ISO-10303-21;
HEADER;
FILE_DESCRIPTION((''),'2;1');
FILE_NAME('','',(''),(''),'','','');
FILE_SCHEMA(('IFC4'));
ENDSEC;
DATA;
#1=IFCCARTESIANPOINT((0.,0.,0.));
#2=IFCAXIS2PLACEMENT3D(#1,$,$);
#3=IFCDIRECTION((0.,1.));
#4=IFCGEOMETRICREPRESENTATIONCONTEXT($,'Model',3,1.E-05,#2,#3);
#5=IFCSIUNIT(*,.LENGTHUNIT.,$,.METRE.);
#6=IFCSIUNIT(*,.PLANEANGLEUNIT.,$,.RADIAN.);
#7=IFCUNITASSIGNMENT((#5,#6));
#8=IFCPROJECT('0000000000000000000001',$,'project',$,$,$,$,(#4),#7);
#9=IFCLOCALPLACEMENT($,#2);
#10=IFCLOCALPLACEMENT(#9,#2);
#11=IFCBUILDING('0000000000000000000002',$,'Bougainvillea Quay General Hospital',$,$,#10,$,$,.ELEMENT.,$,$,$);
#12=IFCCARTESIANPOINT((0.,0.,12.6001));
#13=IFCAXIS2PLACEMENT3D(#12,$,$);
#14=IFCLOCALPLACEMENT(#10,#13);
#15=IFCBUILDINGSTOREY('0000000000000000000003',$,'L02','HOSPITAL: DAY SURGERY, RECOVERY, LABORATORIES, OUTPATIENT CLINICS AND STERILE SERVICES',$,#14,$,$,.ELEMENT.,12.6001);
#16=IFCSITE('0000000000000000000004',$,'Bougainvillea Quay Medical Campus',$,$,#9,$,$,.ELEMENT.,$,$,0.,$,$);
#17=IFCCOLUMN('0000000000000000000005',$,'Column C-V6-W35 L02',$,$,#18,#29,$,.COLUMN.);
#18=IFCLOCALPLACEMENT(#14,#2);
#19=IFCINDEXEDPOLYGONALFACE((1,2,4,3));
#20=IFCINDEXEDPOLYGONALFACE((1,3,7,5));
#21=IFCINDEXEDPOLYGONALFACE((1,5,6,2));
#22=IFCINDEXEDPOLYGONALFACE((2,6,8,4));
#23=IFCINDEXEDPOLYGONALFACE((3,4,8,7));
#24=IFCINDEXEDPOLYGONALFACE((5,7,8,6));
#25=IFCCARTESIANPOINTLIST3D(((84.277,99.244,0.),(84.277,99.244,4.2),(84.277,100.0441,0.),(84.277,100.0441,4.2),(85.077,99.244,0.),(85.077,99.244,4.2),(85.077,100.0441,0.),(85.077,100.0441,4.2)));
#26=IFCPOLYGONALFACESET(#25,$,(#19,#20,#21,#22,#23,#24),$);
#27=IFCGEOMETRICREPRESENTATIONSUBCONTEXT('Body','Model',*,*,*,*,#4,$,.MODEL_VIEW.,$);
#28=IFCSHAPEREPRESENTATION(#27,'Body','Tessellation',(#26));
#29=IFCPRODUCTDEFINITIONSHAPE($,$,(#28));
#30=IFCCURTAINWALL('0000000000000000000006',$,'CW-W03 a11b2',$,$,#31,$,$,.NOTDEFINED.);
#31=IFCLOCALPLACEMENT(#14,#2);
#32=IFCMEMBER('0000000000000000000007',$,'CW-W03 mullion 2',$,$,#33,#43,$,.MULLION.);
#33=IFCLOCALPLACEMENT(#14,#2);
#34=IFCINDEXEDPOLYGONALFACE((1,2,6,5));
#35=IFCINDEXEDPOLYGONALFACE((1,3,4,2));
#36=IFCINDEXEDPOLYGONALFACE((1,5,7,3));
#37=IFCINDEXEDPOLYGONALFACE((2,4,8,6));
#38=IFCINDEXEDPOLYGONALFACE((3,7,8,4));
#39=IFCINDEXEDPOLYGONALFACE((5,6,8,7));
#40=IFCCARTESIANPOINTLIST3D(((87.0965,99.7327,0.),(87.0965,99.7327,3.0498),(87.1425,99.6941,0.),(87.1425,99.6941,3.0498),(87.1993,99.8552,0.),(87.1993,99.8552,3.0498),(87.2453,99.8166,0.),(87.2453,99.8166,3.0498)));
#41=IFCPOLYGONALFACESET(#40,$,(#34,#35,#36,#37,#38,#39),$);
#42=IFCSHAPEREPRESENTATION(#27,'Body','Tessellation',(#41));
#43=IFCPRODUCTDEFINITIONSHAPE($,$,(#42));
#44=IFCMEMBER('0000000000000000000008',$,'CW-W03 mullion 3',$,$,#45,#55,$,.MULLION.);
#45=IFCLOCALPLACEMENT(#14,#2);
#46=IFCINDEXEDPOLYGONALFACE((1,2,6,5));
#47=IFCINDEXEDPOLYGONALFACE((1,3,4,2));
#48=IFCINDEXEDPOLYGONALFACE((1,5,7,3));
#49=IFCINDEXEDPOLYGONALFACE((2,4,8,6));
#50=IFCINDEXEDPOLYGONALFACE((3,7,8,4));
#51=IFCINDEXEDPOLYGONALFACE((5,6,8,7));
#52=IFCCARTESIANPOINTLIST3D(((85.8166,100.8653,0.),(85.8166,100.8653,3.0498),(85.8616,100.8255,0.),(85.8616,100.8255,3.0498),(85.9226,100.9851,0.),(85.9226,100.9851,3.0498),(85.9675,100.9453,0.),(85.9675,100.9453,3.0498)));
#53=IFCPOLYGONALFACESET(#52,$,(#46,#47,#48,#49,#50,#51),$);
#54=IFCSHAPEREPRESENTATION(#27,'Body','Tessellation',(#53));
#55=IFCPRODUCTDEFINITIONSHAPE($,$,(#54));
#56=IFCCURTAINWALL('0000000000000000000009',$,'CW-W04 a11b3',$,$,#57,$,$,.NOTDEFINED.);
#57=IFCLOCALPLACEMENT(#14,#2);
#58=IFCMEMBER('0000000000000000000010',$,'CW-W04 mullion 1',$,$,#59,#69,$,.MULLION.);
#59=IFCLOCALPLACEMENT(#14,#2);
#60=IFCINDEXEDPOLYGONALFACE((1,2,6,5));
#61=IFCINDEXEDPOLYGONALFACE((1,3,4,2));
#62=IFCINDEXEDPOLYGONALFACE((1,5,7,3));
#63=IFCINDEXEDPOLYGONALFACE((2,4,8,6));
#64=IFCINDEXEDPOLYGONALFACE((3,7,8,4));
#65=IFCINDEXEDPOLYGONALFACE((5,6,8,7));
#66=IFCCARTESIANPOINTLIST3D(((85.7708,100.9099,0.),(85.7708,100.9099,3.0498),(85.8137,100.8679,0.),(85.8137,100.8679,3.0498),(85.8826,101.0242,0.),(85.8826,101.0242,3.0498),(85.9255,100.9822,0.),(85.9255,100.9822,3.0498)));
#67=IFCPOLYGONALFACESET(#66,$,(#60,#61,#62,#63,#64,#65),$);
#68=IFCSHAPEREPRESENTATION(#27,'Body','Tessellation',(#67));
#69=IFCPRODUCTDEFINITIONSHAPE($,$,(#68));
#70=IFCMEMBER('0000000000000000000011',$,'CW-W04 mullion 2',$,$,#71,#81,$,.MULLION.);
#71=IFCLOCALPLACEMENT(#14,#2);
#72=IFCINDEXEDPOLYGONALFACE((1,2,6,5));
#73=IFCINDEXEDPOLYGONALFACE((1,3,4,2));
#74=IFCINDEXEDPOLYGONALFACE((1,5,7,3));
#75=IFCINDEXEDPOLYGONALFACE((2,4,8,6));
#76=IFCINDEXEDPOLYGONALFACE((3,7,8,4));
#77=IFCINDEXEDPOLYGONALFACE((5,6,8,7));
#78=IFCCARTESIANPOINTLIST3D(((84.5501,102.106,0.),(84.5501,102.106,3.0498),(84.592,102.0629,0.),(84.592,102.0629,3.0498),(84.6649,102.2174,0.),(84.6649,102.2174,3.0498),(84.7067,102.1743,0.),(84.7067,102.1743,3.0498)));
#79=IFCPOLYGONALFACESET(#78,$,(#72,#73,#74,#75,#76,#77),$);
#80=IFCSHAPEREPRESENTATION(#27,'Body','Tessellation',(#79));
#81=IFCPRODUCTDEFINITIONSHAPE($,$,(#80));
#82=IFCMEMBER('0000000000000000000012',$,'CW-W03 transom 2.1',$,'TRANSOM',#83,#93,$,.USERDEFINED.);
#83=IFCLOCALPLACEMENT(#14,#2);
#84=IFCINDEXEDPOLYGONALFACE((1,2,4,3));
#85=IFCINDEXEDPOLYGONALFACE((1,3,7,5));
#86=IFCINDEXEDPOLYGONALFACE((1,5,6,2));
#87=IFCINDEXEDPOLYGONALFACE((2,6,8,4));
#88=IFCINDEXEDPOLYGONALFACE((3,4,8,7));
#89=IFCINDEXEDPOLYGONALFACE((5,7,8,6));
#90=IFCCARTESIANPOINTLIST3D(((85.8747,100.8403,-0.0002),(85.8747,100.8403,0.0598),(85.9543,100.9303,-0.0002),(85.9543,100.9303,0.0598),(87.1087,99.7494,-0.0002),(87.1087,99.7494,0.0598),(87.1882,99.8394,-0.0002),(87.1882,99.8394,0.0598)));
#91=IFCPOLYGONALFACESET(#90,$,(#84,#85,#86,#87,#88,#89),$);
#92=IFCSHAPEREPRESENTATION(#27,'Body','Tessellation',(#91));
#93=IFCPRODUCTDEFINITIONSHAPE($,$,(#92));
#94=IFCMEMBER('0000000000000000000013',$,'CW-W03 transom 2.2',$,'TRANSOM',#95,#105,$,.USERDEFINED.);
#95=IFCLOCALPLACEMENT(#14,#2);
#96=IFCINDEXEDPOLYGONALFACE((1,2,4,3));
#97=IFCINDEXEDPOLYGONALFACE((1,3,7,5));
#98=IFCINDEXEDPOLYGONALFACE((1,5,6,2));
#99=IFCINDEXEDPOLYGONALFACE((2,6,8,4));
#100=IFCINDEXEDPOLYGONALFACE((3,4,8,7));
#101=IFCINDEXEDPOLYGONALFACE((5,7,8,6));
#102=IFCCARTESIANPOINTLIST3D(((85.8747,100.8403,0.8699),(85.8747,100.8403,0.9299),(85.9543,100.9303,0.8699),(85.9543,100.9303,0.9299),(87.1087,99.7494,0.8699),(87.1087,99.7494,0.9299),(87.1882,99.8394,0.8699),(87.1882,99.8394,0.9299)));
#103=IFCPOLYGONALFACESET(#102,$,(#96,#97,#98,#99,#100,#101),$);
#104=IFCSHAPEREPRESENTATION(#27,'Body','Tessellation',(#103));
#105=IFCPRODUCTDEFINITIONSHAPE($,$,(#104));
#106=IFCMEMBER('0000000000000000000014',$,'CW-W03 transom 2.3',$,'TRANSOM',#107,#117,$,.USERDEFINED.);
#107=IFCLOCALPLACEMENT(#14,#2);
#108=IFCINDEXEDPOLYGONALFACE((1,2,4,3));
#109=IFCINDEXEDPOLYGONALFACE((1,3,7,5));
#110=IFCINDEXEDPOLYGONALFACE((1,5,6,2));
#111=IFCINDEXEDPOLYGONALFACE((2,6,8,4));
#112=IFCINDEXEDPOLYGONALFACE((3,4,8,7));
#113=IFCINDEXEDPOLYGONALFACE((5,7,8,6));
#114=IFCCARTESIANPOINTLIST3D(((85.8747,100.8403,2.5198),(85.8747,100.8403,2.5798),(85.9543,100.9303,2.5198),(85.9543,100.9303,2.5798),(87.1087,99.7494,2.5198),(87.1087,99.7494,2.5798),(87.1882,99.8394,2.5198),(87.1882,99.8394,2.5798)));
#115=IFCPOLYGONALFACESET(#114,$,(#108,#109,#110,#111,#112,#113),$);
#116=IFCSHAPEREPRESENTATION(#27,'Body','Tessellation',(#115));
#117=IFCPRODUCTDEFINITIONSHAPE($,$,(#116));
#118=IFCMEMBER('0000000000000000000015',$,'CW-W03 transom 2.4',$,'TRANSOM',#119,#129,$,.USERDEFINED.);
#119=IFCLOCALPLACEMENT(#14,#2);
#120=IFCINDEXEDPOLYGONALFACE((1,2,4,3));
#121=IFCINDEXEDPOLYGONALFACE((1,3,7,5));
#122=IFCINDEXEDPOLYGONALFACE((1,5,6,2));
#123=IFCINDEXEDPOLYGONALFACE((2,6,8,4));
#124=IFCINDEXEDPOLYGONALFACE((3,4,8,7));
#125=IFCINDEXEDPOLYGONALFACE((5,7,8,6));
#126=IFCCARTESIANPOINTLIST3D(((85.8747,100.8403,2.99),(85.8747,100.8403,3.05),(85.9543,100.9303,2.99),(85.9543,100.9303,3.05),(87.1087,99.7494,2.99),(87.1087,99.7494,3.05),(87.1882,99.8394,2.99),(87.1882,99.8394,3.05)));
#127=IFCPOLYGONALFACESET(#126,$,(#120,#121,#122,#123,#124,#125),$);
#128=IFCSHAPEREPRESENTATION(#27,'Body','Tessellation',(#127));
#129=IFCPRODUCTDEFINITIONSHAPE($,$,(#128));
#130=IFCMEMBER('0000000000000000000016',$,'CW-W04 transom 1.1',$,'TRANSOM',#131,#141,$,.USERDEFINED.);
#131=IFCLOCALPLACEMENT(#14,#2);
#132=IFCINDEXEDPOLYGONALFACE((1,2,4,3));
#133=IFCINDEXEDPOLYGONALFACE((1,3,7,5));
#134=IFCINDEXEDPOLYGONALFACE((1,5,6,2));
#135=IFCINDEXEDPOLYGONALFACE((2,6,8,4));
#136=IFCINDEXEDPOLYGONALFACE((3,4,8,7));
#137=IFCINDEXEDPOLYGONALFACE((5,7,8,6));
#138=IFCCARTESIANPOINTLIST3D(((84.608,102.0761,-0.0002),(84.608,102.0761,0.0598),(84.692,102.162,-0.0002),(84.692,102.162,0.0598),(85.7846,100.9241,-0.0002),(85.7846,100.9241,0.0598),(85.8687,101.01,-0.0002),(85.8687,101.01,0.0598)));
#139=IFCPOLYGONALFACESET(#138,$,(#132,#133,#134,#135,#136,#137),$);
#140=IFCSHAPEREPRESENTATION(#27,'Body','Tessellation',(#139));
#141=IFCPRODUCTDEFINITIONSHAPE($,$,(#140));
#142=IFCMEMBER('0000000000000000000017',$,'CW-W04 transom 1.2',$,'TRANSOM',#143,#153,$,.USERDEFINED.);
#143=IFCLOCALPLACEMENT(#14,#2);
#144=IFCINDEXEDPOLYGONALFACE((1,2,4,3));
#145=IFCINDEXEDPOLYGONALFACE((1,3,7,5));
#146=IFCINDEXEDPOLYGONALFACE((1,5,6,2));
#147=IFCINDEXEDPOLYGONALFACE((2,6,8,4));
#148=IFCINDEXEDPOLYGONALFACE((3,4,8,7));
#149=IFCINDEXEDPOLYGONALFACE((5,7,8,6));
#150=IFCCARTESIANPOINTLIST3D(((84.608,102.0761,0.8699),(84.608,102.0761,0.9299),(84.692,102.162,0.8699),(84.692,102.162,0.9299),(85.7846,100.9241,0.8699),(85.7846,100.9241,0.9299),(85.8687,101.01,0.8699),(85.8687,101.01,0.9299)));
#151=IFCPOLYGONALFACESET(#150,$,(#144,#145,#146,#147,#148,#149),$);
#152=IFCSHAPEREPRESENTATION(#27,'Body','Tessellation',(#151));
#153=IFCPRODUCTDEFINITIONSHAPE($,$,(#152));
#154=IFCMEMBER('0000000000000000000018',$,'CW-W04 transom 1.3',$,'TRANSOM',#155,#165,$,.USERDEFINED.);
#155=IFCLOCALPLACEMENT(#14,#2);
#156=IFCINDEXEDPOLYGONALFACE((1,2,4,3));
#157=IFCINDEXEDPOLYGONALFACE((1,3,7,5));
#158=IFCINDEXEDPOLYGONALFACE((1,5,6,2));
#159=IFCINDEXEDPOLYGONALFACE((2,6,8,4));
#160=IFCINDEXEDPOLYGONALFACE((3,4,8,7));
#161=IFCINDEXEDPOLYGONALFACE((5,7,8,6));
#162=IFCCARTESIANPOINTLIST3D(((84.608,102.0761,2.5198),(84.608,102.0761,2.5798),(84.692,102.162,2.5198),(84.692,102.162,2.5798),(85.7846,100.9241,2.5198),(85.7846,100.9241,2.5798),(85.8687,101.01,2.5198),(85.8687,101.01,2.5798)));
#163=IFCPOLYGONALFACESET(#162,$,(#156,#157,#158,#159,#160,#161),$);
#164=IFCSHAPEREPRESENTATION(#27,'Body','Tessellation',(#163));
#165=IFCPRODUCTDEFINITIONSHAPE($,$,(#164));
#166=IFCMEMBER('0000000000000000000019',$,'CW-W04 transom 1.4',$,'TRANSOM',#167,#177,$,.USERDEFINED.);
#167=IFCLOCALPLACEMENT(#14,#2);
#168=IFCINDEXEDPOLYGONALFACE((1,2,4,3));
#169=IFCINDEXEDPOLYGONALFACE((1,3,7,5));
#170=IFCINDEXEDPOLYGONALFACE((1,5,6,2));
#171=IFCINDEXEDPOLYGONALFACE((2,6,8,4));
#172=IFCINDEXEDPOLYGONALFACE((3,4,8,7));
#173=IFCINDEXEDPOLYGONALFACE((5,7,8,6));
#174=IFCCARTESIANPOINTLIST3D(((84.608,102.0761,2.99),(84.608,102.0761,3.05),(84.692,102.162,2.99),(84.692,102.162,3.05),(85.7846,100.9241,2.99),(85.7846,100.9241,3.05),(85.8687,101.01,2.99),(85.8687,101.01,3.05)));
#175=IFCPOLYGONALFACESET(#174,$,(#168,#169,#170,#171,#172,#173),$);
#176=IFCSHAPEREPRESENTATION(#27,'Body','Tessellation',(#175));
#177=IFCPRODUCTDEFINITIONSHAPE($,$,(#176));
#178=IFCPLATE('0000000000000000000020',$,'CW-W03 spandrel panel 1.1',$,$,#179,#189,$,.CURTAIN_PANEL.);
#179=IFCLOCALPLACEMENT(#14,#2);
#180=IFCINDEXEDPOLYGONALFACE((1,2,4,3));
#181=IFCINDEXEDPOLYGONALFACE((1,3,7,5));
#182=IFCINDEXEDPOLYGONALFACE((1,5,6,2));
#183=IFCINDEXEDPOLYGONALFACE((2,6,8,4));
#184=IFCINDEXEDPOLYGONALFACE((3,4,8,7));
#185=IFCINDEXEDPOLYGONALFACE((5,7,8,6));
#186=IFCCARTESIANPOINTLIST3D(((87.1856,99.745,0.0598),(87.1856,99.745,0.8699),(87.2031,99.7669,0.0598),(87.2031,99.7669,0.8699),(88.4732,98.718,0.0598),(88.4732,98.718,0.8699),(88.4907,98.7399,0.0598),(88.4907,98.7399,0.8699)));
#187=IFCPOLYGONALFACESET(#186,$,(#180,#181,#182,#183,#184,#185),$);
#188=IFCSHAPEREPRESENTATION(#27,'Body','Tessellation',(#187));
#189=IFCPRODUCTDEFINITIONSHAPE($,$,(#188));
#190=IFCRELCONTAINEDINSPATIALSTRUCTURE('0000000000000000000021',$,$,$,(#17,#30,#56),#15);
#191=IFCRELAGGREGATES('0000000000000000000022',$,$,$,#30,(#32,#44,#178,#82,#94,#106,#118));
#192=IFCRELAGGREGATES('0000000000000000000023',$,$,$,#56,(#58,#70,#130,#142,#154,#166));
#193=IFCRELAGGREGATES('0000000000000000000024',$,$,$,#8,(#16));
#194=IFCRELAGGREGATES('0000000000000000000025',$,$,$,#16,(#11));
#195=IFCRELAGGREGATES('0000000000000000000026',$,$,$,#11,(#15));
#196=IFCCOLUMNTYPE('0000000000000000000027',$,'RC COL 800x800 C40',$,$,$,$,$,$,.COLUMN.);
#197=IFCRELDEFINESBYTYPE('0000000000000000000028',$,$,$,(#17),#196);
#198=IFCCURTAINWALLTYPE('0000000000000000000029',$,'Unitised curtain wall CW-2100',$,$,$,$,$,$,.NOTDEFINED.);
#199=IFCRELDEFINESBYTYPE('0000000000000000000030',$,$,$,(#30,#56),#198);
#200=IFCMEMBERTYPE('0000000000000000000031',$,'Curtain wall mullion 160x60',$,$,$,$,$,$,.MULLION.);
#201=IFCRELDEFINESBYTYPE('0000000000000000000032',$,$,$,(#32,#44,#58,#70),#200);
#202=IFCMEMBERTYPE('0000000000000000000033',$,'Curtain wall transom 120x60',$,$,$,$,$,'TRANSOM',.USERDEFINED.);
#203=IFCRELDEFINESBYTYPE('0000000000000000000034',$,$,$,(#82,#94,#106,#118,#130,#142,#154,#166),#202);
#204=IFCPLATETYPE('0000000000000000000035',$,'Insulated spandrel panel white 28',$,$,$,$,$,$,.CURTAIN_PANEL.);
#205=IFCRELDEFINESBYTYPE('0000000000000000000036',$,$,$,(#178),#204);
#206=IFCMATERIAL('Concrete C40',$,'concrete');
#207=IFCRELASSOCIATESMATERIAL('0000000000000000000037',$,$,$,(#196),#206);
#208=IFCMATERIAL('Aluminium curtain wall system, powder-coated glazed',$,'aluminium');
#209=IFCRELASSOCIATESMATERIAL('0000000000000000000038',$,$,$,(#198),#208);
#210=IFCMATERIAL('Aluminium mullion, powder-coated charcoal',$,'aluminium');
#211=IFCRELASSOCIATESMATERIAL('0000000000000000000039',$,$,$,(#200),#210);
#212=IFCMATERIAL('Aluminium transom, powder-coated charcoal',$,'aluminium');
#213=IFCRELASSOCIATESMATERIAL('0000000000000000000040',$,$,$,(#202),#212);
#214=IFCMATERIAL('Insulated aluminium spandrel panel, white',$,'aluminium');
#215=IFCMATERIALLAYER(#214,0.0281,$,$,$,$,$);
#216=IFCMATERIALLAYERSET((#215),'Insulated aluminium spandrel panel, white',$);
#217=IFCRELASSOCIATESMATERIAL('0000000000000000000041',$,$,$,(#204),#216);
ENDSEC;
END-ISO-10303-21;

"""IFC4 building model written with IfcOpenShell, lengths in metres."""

from ifc_helpers import new_model, si_unit, direction, frame, origin, origin_2d, place, context, subcontext, project, spatial, rectangle, extrude, material, layer, layer_set, material_profile, profile_set, type_object, element, aggregate, save


model = new_model("IFC4")

# Units and contexts
model_context = context("Model", 3, precision=1e-05, world=origin(), true_north=direction((0.0, 1.0)))
body_context = subcontext(model_context, "Body", "Model", "MODEL_VIEW")
ifc_project = project(units=[si_unit("LENGTHUNIT", "METRE"), si_unit("PLANEANGLEUNIT", "RADIAN")], contexts=[model_context])

# Site, building, storey
site_placement = place(None, origin())
site = spatial("IfcSite", under=ifc_project, at=site_placement, Name="Bougainvillea Quay Medical Campus", CompositionType="ELEMENT", RefElevation=0.0)
building_placement = place(site_placement, origin())
building = spatial("IfcBuilding", under=site, at=building_placement, Name="Bougainvillea Quay General Hospital", CompositionType="ELEMENT")
storey_placement = place(building_placement, frame((0.0, 0.0, 12.6001)))
storey = spatial("IfcBuildingStorey", under=building, at=storey_placement, Name="L02", Description="HOSPITAL: DAY SURGERY, RECOVERY, LABORATORIES, OUTPATIENT CLINICS AND STERILE SERVICES", CompositionType="ELEMENT", Elevation=12.6001)

# Column
ifc_material_1 = material(Name="Concrete C40", Category="concrete")
ifc_material_profile_1 = material_profile(ifc_material_1, rectangle(XDim=0.8, YDim=0.8, at=origin_2d()))
ifc_profile_set_1 = profile_set([ifc_material_profile_1], Name="Concrete C40")
column_type = type_object("IfcColumnType", Name="RC COL 800x800 C40", PredefinedType="COLUMN", material=ifc_profile_set_1)
column_placement = place(storey_placement, frame((84.677, 99.644, 0.0), z_axis=(0.0, 0.0, 1.0), x_axis=(1.0, 0.0, 0.0)))
element("IfcColumn", 1, at=column_placement, inside=storey, type_object=column_type, Name="Column C-V6-W35 L02", PredefinedType="COLUMN", context=body_context, shape_type="SweptSolid", body=[
    extrude(rectangle(XDim=0.8, YDim=0.8, at=origin_2d()), origin(), (0.0, 0.0, 1.0), 4.2),
])

# Curtain walls, members
ifc_material_2 = material(Name="Aluminium curtain wall system, powder-coated glazed", Category="aluminium")
curtain_wall_type = type_object("IfcCurtainWallType", Name="Unitised curtain wall CW-2100", PredefinedType="NOTDEFINED", material=ifc_material_2)
curtain_wall_1_placement = place(storey_placement, origin())
curtain_wall_1 = element("IfcCurtainWall", 2, at=curtain_wall_1_placement, inside=storey, type_object=curtain_wall_type, Name="CW-W03 a11b2", PredefinedType="NOTDEFINED")
ifc_material_3 = material(Name="Aluminium mullion, powder-coated charcoal", Category="aluminium")
ifc_material_profile_2 = material_profile(ifc_material_3, rectangle(XDim=0.1599, YDim=0.0601, at=origin_2d()))
ifc_profile_set_2 = profile_set([ifc_material_profile_2], Name="Aluminium mullion, powder-coated charcoal")
member_type_1 = type_object("IfcMemberType", Name="Curtain wall mullion 160x60", PredefinedType="MULLION", material=ifc_profile_set_2)
member_1_placement = place(storey_placement, frame((87.1709, 99.7747, 0.0), z_axis=(0.0, 0.0, 1.0), x_axis=(-0.643189, -0.765708, 0.0)))
member_1 = element("IfcMember", 3, at=member_1_placement, type_object=member_type_1, Name="CW-W03 mullion 2", PredefinedType="MULLION", context=body_context, shape_type="SweptSolid", body=[
    extrude(rectangle(XDim=0.1599, YDim=0.0601, at=origin_2d()), origin(), (0.0, 0.0, 1.0), 3.0498),
])
member_2_placement = place(storey_placement, frame((85.8921, 100.9053, 0.0), z_axis=(0.0, 0.0, 1.0), x_axis=(-0.662398, -0.749152, 0.0)))
member_2 = element("IfcMember", 4, at=member_2_placement, type_object=member_type_1, Name="CW-W03 mullion 3", PredefinedType="MULLION", context=body_context, shape_type="SweptSolid", body=[
    extrude(rectangle(XDim=0.1599, YDim=0.0601, at=origin_2d()), origin(), (0.0, 0.0, 1.0), 3.0498),
])
curtain_wall_2_placement = place(storey_placement, origin())
curtain_wall_2 = element("IfcCurtainWall", 5, at=curtain_wall_2_placement, inside=storey, type_object=curtain_wall_type, Name="CW-W04 a11b3", PredefinedType="NOTDEFINED")
member_3_placement = place(storey_placement, frame((85.8481, 100.946, 0.0), z_axis=(0.0, 0.0, 1.0), x_axis=(-0.699526, -0.714607, 0.0)))
member_3 = element("IfcMember", 6, at=member_3_placement, type_object=member_type_1, Name="CW-W04 mullion 1", PredefinedType="MULLION", context=body_context, shape_type="SweptSolid", body=[
    extrude(rectangle(XDim=0.1599, YDim=0.0601, at=origin_2d()), origin(), (0.0, 0.0, 1.0), 3.0498),
])
member_4_placement = place(storey_placement, frame((84.6284, 102.1401, 0.0), z_axis=(0.0, 0.0, 1.0), x_axis=(-0.717421, -0.696639, 0.0)))
member_4 = element("IfcMember", 7, at=member_4_placement, type_object=member_type_1, Name="CW-W04 mullion 2", PredefinedType="MULLION", context=body_context, shape_type="SweptSolid", body=[
    extrude(rectangle(XDim=0.1599, YDim=0.0601, at=origin_2d()), origin(), (0.0, 0.0, 1.0), 3.0498),
])

# Members
ifc_material_4 = material(Name="Aluminium transom, powder-coated charcoal", Category="aluminium")
ifc_material_profile_3 = material_profile(ifc_material_4, rectangle(XDim=0.1201, YDim=0.0601, at=origin_2d()))
ifc_profile_set_3 = profile_set([ifc_material_profile_3], Name="Aluminium transom, powder-coated charcoal")
member_type_2 = type_object("IfcMemberType", Name="Curtain wall transom 120x60", ElementType="TRANSOM", PredefinedType="USERDEFINED", material=ifc_profile_set_3)
member_5_placement = place(storey_placement, frame((87.1484, 99.7944, 0.0298), z_axis=(-0.749206, 0.662337, 0.0), x_axis=(-0.662337, -0.749206, 0.0)))
member_5 = element("IfcMember", 8, at=member_5_placement, type_object=member_type_2, Name="CW-W03 transom 2.1", ObjectType="TRANSOM", PredefinedType="USERDEFINED", context=body_context, shape_type="SweptSolid", body=[
    extrude(rectangle(XDim=0.1201, YDim=0.0601, at=origin_2d()), origin(), (0.0, 0.0, 1.0), 1.647),
])
member_6_placement = place(storey_placement, frame((87.1484, 99.7944, 0.8999), z_axis=(-0.749206, 0.662337, 0.0), x_axis=(-0.662337, -0.749206, 0.0)))
member_6 = element("IfcMember", 9, at=member_6_placement, type_object=member_type_2, Name="CW-W03 transom 2.2", ObjectType="TRANSOM", PredefinedType="USERDEFINED", context=body_context, shape_type="SweptSolid", body=[
    extrude(rectangle(XDim=0.1201, YDim=0.0601, at=origin_2d()), origin(), (0.0, 0.0, 1.0), 1.647),
])
member_7_placement = place(storey_placement, frame((87.1484, 99.7944, 2.5498), z_axis=(-0.749206, 0.662337, 0.0), x_axis=(-0.662337, -0.749206, 0.0)))
member_7 = element("IfcMember", 10, at=member_7_placement, type_object=member_type_2, Name="CW-W03 transom 2.3", ObjectType="TRANSOM", PredefinedType="USERDEFINED", context=body_context, shape_type="SweptSolid", body=[
    extrude(rectangle(XDim=0.1201, YDim=0.0601, at=origin_2d()), origin(), (0.0, 0.0, 1.0), 1.647),
])
member_8_placement = place(storey_placement, frame((87.1484, 99.7944, 3.02), z_axis=(-0.749206, 0.662337, 0.0), x_axis=(-0.662337, -0.749206, 0.0)))
member_8 = element("IfcMember", 11, at=member_8_placement, type_object=member_type_2, Name="CW-W03 transom 2.4", ObjectType="TRANSOM", PredefinedType="USERDEFINED", context=body_context, shape_type="SweptSolid", body=[
    extrude(rectangle(XDim=0.1201, YDim=0.0601, at=origin_2d()), origin(), (0.0, 0.0, 1.0), 1.647),
])
member_9_placement = place(storey_placement, frame((85.8267, 100.967, 0.0298), z_axis=(-0.714554, 0.699581, 0.0), x_axis=(-0.699581, -0.714554, 0.0)))
member_9 = element("IfcMember", 12, at=member_9_placement, type_object=member_type_2, Name="CW-W04 transom 1.1", ObjectType="TRANSOM", PredefinedType="USERDEFINED", context=body_context, shape_type="SweptSolid", body=[
    extrude(rectangle(XDim=0.1201, YDim=0.0601, at=origin_2d()), origin(), (0.0, 0.0, 1.0), 1.6467),
])
member_10_placement = place(storey_placement, frame((85.8267, 100.967, 0.8999), z_axis=(-0.714554, 0.699581, 0.0), x_axis=(-0.699581, -0.714554, 0.0)))
member_10 = element("IfcMember", 13, at=member_10_placement, type_object=member_type_2, Name="CW-W04 transom 1.2", ObjectType="TRANSOM", PredefinedType="USERDEFINED", context=body_context, shape_type="SweptSolid", body=[
    extrude(rectangle(XDim=0.1201, YDim=0.0601, at=origin_2d()), origin(), (0.0, 0.0, 1.0), 1.6467),
])
member_11_placement = place(storey_placement, frame((85.8267, 100.967, 2.5498), z_axis=(-0.714554, 0.699581, 0.0), x_axis=(-0.699581, -0.714554, 0.0)))
member_11 = element("IfcMember", 14, at=member_11_placement, type_object=member_type_2, Name="CW-W04 transom 1.3", ObjectType="TRANSOM", PredefinedType="USERDEFINED", context=body_context, shape_type="SweptSolid", body=[
    extrude(rectangle(XDim=0.1201, YDim=0.0601, at=origin_2d()), origin(), (0.0, 0.0, 1.0), 1.6467),
])
member_12_placement = place(storey_placement, frame((85.8267, 100.967, 3.02), z_axis=(-0.714554, 0.699581, 0.0), x_axis=(-0.699581, -0.714554, 0.0)))
member_12 = element("IfcMember", 15, at=member_12_placement, type_object=member_type_2, Name="CW-W04 transom 1.4", ObjectType="TRANSOM", PredefinedType="USERDEFINED", context=body_context, shape_type="SweptSolid", body=[
    extrude(rectangle(XDim=0.1201, YDim=0.0601, at=origin_2d()), origin(), (0.0, 0.0, 1.0), 1.6467),
])

# Plate
ifc_material_5 = material(Name="Insulated aluminium spandrel panel, white", Category="aluminium")
ifc_layer_1 = layer(ifc_material_5, 0.0281)
ifc_layer_set_1 = layer_set([ifc_layer_1], Name="Insulated aluminium spandrel panel, white")
plate_type_1 = type_object("IfcPlateType", Name="Insulated spandrel panel white 28", PredefinedType="CURTAIN_PANEL", material=ifc_layer_set_1)
plate_1_placement = place(storey_placement, frame((87.8381, 99.2424, 0.0598), z_axis=(0.0, 0.0, 1.0), x_axis=(-0.781771, 0.623566, 0.0)))
plate_1 = element("IfcPlate", 16, at=plate_1_placement, type_object=plate_type_1, Name="CW-W03 spandrel panel 1.1", PredefinedType="CURTAIN_PANEL", context=body_context, shape_type="SweptSolid", body=[
    extrude(rectangle(XDim=1.647, YDim=0.0281, at=origin_2d()), origin(), (0.0, 0.0, 1.0), 0.8101),
])
aggregate(curtain_wall_1, [member_1, member_2, plate_1, member_5, member_6, member_7, member_8])
aggregate(curtain_wall_2, [member_3, member_4, member_9, member_10, member_11, member_12])

save(model, "model.ifc")
